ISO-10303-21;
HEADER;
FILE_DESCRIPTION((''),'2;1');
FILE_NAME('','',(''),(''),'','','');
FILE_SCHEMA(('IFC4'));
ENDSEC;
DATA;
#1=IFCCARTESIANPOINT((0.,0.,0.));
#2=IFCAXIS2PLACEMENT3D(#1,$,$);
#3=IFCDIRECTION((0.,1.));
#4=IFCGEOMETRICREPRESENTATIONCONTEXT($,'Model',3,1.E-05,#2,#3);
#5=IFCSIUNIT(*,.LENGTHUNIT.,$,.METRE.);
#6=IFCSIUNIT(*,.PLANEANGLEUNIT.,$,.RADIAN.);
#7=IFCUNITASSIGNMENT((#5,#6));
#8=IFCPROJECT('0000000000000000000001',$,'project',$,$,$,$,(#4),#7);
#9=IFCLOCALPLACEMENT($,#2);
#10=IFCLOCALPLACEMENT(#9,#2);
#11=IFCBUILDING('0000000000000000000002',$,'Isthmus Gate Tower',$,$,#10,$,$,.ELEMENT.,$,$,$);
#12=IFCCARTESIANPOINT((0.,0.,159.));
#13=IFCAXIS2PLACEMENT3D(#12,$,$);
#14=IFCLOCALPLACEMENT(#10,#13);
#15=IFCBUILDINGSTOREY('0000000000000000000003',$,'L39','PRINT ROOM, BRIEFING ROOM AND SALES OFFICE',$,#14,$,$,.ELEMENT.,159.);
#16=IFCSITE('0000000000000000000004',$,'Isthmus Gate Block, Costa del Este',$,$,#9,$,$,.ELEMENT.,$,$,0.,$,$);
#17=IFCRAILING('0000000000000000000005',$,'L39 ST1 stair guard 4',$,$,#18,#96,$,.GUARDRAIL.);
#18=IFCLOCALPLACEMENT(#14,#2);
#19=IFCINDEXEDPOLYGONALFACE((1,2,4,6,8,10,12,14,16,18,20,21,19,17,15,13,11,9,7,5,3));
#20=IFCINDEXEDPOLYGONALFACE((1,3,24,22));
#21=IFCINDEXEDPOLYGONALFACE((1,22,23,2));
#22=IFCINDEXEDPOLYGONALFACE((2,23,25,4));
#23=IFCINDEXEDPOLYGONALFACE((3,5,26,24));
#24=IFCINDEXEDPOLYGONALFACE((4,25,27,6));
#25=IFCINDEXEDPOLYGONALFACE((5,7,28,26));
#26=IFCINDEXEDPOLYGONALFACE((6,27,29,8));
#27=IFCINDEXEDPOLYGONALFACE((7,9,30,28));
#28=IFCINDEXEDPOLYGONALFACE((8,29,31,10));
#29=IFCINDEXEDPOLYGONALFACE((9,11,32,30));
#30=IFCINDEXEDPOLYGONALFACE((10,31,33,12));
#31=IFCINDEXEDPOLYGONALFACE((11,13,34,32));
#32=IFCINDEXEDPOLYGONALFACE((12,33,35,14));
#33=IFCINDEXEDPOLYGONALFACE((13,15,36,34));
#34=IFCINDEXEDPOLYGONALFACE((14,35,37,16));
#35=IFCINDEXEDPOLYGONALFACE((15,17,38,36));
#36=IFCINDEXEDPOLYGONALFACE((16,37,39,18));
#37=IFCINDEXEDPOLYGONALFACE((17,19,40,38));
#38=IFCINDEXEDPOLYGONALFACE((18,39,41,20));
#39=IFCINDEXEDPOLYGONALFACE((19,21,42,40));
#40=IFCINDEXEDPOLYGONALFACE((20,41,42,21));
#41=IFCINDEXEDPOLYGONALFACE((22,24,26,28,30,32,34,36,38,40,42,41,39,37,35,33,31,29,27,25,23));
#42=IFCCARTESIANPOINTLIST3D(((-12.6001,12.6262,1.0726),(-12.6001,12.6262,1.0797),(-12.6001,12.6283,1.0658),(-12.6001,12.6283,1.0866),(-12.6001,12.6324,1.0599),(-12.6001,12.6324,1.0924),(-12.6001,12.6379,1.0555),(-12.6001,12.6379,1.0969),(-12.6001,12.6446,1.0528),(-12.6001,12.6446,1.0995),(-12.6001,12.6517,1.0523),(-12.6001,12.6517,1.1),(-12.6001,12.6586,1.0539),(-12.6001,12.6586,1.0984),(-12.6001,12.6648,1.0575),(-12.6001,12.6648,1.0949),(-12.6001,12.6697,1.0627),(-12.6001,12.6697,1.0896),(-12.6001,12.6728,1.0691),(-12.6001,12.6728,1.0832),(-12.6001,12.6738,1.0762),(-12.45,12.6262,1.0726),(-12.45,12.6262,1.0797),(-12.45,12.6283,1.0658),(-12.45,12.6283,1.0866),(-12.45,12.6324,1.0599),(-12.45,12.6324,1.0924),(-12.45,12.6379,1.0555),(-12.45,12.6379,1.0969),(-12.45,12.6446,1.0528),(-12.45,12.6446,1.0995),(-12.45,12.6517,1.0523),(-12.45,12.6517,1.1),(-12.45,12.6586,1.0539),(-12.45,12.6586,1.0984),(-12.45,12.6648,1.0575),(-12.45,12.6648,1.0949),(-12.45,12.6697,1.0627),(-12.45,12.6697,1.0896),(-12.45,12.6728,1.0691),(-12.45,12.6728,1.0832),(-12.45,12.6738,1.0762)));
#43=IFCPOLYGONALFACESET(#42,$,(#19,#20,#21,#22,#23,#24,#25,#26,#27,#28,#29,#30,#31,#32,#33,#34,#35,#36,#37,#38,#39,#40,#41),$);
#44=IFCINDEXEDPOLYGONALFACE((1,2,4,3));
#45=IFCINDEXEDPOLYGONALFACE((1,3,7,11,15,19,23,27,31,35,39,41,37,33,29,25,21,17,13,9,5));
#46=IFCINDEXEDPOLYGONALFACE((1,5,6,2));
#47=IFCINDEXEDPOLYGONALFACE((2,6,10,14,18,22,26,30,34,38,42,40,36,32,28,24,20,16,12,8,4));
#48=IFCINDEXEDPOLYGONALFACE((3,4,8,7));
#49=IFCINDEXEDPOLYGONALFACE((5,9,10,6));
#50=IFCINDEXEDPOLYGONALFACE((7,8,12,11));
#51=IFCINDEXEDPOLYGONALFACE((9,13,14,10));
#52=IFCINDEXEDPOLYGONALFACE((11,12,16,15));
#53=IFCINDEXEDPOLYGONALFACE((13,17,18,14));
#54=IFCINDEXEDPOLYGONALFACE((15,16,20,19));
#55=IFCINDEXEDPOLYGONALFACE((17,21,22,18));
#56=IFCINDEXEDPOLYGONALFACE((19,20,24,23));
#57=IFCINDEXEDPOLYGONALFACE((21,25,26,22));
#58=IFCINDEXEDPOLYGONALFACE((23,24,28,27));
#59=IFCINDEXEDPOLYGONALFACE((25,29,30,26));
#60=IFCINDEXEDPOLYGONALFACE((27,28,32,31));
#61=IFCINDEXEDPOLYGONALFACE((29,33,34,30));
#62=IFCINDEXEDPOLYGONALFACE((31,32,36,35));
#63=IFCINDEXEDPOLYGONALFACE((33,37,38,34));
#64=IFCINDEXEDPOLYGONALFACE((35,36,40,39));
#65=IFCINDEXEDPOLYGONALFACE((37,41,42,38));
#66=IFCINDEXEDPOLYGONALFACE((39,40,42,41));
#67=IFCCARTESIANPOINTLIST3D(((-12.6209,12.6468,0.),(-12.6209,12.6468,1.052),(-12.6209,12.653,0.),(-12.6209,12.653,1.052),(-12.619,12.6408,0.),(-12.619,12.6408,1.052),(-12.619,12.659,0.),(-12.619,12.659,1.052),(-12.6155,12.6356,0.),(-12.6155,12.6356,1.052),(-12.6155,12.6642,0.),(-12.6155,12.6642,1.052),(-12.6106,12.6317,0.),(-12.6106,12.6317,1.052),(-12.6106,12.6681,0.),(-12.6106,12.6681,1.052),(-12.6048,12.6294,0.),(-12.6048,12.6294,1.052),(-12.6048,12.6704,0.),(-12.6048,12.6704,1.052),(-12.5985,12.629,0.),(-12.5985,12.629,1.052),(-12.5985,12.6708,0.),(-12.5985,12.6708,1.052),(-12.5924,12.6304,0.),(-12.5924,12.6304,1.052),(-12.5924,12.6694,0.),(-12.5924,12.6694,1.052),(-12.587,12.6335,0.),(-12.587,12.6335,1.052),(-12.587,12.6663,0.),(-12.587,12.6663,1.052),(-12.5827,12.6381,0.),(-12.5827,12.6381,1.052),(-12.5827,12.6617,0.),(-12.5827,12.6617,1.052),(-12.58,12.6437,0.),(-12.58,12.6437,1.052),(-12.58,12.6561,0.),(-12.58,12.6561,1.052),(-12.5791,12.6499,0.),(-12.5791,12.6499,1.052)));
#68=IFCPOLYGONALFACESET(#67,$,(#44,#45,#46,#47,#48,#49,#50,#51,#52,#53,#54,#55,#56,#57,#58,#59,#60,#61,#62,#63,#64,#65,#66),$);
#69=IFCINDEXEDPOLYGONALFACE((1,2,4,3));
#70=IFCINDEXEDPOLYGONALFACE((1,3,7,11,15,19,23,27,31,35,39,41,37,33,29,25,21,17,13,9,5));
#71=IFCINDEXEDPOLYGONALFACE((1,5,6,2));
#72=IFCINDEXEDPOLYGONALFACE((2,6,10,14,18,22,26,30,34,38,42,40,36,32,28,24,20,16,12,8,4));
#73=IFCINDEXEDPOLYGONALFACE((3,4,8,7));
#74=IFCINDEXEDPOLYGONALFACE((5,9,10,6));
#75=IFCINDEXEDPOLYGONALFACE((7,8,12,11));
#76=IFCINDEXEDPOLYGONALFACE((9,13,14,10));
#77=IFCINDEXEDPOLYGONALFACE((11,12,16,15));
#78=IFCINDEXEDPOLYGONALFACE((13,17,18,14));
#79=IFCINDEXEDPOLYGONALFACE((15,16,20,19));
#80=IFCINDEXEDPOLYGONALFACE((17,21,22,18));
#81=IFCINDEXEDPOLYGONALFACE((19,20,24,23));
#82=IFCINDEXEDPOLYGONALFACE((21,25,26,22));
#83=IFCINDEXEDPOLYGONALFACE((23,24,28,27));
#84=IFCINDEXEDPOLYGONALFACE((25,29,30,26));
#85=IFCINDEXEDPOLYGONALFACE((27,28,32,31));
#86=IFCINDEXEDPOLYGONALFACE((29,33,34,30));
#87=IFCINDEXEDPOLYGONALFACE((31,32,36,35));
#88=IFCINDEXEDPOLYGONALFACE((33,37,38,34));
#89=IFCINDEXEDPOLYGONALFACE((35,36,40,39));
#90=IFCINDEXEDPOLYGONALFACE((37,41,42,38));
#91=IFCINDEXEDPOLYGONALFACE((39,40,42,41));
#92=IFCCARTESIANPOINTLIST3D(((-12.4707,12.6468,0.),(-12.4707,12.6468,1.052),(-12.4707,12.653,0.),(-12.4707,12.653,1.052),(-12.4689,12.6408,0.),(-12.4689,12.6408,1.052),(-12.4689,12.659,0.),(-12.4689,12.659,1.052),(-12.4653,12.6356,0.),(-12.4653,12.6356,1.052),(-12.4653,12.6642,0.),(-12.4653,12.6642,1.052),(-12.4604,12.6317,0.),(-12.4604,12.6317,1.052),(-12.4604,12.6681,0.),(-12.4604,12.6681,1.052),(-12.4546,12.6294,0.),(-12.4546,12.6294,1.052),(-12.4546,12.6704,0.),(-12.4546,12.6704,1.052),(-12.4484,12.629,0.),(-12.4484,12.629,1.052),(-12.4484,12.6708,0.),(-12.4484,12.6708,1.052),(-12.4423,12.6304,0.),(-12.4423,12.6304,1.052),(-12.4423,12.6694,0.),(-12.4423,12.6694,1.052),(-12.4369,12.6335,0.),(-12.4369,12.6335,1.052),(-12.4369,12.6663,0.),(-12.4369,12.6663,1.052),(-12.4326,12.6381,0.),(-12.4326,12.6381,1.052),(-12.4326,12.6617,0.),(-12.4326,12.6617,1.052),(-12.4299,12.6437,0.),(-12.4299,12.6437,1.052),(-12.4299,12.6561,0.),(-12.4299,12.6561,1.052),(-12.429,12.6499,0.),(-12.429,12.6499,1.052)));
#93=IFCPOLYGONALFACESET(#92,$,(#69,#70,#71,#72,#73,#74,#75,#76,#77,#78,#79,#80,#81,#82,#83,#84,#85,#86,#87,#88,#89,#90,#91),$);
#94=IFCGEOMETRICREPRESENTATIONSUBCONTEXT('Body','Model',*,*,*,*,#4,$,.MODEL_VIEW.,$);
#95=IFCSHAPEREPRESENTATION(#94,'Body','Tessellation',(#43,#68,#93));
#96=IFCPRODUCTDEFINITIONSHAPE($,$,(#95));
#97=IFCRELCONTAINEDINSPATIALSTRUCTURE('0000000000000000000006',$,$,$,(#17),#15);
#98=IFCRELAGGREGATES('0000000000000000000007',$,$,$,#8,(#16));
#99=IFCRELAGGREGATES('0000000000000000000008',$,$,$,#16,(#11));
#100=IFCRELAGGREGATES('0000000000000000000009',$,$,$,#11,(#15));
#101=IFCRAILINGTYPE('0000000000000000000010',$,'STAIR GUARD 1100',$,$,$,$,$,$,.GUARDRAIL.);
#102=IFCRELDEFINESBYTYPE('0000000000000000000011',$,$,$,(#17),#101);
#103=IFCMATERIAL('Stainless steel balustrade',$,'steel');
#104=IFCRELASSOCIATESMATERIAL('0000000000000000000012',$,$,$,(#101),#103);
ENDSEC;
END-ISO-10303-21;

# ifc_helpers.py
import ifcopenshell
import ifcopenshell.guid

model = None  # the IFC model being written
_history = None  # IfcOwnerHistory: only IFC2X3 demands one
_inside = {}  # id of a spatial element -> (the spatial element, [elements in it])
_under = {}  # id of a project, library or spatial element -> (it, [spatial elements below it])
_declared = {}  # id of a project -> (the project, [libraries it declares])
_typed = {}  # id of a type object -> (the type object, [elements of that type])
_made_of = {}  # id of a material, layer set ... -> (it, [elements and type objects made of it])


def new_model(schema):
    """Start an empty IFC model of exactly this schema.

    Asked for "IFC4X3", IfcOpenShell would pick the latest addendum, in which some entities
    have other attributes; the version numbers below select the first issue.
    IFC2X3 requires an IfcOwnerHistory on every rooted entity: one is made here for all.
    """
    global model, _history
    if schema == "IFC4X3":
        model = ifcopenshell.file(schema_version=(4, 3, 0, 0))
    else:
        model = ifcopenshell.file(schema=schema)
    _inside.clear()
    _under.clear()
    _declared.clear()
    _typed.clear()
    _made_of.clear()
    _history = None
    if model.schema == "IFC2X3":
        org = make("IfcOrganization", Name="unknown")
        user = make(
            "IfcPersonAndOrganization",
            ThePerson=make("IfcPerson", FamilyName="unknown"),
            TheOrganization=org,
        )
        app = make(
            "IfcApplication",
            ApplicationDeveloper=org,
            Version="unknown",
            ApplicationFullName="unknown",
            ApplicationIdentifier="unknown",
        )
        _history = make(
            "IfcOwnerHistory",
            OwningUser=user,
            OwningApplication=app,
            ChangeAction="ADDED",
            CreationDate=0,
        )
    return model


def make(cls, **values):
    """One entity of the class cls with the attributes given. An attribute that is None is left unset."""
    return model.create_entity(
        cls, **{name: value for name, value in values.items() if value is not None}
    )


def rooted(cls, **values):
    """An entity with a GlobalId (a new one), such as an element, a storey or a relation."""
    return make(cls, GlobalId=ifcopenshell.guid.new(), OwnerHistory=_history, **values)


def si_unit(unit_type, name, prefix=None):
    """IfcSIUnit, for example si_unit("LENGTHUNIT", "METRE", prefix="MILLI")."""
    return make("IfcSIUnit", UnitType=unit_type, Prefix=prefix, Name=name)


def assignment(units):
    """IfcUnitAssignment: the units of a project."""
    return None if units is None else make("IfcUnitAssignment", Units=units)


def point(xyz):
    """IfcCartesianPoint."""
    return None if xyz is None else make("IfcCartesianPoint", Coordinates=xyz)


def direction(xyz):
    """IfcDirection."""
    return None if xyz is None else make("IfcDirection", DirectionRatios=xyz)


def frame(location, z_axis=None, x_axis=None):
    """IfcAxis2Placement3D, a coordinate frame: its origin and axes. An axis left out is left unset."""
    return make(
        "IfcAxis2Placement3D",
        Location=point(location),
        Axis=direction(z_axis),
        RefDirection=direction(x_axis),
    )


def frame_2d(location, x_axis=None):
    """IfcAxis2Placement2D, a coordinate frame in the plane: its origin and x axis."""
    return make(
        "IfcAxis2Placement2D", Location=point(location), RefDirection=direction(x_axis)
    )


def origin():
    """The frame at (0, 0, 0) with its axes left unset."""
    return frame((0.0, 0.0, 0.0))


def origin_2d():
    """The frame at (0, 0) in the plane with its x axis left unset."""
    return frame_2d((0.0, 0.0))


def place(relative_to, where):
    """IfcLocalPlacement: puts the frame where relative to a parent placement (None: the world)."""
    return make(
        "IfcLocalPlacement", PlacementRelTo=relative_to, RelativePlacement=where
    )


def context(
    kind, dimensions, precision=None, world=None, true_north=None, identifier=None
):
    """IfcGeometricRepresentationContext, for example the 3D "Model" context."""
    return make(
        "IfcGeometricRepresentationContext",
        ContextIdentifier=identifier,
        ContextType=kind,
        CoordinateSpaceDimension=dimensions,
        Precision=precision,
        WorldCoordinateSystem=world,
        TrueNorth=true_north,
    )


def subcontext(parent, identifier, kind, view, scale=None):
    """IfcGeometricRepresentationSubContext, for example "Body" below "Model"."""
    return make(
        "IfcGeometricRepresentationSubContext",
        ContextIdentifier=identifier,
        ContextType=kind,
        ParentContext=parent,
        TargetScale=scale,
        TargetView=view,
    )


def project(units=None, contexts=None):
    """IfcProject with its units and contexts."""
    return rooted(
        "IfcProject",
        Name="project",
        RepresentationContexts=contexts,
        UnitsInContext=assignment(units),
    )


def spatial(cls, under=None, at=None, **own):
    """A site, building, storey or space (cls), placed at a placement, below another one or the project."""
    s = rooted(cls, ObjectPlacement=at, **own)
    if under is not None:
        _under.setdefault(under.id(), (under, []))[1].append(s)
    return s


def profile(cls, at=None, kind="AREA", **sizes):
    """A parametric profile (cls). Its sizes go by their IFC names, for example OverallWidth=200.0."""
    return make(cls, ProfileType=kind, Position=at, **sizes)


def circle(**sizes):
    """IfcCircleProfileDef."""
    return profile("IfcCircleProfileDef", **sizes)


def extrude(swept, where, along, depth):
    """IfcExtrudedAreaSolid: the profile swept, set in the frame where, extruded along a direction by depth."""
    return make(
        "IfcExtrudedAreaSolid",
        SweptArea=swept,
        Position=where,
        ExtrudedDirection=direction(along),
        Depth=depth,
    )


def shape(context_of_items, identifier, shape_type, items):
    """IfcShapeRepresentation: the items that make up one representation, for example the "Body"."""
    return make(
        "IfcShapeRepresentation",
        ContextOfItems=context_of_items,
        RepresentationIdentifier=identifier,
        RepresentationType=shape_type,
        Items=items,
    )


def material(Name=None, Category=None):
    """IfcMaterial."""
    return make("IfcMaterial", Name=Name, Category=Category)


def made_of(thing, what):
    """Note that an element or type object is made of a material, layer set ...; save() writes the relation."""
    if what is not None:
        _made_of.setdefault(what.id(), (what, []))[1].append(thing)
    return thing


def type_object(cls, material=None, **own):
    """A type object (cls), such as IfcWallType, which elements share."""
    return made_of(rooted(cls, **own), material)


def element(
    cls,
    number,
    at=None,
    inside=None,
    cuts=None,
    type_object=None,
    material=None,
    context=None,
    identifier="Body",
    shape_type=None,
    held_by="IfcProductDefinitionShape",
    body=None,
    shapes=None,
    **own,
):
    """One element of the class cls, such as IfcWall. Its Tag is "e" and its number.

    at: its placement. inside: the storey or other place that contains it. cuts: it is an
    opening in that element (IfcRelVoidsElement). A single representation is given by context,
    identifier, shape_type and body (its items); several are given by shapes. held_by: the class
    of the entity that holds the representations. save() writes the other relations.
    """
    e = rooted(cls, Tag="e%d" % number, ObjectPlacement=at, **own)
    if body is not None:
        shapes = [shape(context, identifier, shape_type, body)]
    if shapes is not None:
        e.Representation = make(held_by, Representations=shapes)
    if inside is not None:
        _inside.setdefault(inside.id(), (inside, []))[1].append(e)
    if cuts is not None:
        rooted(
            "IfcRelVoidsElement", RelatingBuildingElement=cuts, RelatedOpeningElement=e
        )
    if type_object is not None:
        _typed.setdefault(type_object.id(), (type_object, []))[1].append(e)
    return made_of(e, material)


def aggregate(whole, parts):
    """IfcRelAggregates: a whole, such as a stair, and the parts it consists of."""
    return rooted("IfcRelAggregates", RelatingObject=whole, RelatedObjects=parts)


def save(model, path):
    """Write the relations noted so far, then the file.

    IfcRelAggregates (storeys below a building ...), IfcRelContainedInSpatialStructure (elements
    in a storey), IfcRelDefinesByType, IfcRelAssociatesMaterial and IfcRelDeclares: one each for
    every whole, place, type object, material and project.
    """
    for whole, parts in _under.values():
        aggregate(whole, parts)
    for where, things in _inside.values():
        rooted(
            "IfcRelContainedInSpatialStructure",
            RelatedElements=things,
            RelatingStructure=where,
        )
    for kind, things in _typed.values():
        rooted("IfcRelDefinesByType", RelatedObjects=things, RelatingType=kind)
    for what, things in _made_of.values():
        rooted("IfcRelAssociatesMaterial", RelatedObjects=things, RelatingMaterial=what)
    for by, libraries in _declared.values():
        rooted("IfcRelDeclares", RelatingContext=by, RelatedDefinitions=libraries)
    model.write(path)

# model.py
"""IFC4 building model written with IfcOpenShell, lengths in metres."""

from ifc_helpers import new_model, si_unit, direction, frame, origin, origin_2d, place, context, subcontext, project, spatial, circle, extrude, material, type_object, element, save


model = new_model("IFC4")

# Units and contexts
model_context = context("Model", 3, precision=1e-05, world=origin(), true_north=direction((0.0, 1.0)))
body_context = subcontext(model_context, "Body", "Model", "MODEL_VIEW")
ifc_project = project(units=[si_unit("LENGTHUNIT", "METRE"), si_unit("PLANEANGLEUNIT", "RADIAN")], contexts=[model_context])

# Site, building, storey
site_placement = place(None, origin())
site = spatial("IfcSite", under=ifc_project, at=site_placement, Name="Isthmus Gate Block, Costa del Este", CompositionType="ELEMENT", RefElevation=0.0)
building_placement = place(site_placement, origin())
building = spatial("IfcBuilding", under=site, at=building_placement, Name="Isthmus Gate Tower", CompositionType="ELEMENT")
storey_placement = place(building_placement, frame((0.0, 0.0, 159.0)))
storey = spatial("IfcBuildingStorey", under=building, at=storey_placement, Name="L39", Description="PRINT ROOM, BRIEFING ROOM AND SALES OFFICE", CompositionType="ELEMENT", Elevation=159.0)

# Railing
ifc_material_1 = material(Name="Stainless steel balustrade", Category="steel")
railing_type_1 = type_object("IfcRailingType", Name="STAIR GUARD 1100", PredefinedType="GUARDRAIL", material=ifc_material_1)
railing_1_placement = place(storey_placement, frame((-12.6001, 12.6499, 0.0)))
element("IfcRailing", 1, at=railing_1_placement, inside=storey, type_object=railing_type_1, Name="L39 ST1 stair guard 4", PredefinedType="GUARDRAIL", context=body_context, shape_type="SweptSolid", body=[
    extrude(circle(Radius=0.0239, at=origin_2d()), frame((0.0, 0.0, 1.0762), z_axis=(1.0, 0.0, 0.0), x_axis=(0.0, 1.0, 0.0)), (0.0, 0.0, 1.0), 0.1501),
    extrude(circle(Radius=0.021, at=origin_2d()), origin(), (0.0, 0.0, 1.0), 1.052),
    extrude(circle(Radius=0.021, at=origin_2d()), frame((0.1501, 0.0, 0.0)), (0.0, 0.0, 1.0), 1.052),
])

save(model, "model.ifc")
